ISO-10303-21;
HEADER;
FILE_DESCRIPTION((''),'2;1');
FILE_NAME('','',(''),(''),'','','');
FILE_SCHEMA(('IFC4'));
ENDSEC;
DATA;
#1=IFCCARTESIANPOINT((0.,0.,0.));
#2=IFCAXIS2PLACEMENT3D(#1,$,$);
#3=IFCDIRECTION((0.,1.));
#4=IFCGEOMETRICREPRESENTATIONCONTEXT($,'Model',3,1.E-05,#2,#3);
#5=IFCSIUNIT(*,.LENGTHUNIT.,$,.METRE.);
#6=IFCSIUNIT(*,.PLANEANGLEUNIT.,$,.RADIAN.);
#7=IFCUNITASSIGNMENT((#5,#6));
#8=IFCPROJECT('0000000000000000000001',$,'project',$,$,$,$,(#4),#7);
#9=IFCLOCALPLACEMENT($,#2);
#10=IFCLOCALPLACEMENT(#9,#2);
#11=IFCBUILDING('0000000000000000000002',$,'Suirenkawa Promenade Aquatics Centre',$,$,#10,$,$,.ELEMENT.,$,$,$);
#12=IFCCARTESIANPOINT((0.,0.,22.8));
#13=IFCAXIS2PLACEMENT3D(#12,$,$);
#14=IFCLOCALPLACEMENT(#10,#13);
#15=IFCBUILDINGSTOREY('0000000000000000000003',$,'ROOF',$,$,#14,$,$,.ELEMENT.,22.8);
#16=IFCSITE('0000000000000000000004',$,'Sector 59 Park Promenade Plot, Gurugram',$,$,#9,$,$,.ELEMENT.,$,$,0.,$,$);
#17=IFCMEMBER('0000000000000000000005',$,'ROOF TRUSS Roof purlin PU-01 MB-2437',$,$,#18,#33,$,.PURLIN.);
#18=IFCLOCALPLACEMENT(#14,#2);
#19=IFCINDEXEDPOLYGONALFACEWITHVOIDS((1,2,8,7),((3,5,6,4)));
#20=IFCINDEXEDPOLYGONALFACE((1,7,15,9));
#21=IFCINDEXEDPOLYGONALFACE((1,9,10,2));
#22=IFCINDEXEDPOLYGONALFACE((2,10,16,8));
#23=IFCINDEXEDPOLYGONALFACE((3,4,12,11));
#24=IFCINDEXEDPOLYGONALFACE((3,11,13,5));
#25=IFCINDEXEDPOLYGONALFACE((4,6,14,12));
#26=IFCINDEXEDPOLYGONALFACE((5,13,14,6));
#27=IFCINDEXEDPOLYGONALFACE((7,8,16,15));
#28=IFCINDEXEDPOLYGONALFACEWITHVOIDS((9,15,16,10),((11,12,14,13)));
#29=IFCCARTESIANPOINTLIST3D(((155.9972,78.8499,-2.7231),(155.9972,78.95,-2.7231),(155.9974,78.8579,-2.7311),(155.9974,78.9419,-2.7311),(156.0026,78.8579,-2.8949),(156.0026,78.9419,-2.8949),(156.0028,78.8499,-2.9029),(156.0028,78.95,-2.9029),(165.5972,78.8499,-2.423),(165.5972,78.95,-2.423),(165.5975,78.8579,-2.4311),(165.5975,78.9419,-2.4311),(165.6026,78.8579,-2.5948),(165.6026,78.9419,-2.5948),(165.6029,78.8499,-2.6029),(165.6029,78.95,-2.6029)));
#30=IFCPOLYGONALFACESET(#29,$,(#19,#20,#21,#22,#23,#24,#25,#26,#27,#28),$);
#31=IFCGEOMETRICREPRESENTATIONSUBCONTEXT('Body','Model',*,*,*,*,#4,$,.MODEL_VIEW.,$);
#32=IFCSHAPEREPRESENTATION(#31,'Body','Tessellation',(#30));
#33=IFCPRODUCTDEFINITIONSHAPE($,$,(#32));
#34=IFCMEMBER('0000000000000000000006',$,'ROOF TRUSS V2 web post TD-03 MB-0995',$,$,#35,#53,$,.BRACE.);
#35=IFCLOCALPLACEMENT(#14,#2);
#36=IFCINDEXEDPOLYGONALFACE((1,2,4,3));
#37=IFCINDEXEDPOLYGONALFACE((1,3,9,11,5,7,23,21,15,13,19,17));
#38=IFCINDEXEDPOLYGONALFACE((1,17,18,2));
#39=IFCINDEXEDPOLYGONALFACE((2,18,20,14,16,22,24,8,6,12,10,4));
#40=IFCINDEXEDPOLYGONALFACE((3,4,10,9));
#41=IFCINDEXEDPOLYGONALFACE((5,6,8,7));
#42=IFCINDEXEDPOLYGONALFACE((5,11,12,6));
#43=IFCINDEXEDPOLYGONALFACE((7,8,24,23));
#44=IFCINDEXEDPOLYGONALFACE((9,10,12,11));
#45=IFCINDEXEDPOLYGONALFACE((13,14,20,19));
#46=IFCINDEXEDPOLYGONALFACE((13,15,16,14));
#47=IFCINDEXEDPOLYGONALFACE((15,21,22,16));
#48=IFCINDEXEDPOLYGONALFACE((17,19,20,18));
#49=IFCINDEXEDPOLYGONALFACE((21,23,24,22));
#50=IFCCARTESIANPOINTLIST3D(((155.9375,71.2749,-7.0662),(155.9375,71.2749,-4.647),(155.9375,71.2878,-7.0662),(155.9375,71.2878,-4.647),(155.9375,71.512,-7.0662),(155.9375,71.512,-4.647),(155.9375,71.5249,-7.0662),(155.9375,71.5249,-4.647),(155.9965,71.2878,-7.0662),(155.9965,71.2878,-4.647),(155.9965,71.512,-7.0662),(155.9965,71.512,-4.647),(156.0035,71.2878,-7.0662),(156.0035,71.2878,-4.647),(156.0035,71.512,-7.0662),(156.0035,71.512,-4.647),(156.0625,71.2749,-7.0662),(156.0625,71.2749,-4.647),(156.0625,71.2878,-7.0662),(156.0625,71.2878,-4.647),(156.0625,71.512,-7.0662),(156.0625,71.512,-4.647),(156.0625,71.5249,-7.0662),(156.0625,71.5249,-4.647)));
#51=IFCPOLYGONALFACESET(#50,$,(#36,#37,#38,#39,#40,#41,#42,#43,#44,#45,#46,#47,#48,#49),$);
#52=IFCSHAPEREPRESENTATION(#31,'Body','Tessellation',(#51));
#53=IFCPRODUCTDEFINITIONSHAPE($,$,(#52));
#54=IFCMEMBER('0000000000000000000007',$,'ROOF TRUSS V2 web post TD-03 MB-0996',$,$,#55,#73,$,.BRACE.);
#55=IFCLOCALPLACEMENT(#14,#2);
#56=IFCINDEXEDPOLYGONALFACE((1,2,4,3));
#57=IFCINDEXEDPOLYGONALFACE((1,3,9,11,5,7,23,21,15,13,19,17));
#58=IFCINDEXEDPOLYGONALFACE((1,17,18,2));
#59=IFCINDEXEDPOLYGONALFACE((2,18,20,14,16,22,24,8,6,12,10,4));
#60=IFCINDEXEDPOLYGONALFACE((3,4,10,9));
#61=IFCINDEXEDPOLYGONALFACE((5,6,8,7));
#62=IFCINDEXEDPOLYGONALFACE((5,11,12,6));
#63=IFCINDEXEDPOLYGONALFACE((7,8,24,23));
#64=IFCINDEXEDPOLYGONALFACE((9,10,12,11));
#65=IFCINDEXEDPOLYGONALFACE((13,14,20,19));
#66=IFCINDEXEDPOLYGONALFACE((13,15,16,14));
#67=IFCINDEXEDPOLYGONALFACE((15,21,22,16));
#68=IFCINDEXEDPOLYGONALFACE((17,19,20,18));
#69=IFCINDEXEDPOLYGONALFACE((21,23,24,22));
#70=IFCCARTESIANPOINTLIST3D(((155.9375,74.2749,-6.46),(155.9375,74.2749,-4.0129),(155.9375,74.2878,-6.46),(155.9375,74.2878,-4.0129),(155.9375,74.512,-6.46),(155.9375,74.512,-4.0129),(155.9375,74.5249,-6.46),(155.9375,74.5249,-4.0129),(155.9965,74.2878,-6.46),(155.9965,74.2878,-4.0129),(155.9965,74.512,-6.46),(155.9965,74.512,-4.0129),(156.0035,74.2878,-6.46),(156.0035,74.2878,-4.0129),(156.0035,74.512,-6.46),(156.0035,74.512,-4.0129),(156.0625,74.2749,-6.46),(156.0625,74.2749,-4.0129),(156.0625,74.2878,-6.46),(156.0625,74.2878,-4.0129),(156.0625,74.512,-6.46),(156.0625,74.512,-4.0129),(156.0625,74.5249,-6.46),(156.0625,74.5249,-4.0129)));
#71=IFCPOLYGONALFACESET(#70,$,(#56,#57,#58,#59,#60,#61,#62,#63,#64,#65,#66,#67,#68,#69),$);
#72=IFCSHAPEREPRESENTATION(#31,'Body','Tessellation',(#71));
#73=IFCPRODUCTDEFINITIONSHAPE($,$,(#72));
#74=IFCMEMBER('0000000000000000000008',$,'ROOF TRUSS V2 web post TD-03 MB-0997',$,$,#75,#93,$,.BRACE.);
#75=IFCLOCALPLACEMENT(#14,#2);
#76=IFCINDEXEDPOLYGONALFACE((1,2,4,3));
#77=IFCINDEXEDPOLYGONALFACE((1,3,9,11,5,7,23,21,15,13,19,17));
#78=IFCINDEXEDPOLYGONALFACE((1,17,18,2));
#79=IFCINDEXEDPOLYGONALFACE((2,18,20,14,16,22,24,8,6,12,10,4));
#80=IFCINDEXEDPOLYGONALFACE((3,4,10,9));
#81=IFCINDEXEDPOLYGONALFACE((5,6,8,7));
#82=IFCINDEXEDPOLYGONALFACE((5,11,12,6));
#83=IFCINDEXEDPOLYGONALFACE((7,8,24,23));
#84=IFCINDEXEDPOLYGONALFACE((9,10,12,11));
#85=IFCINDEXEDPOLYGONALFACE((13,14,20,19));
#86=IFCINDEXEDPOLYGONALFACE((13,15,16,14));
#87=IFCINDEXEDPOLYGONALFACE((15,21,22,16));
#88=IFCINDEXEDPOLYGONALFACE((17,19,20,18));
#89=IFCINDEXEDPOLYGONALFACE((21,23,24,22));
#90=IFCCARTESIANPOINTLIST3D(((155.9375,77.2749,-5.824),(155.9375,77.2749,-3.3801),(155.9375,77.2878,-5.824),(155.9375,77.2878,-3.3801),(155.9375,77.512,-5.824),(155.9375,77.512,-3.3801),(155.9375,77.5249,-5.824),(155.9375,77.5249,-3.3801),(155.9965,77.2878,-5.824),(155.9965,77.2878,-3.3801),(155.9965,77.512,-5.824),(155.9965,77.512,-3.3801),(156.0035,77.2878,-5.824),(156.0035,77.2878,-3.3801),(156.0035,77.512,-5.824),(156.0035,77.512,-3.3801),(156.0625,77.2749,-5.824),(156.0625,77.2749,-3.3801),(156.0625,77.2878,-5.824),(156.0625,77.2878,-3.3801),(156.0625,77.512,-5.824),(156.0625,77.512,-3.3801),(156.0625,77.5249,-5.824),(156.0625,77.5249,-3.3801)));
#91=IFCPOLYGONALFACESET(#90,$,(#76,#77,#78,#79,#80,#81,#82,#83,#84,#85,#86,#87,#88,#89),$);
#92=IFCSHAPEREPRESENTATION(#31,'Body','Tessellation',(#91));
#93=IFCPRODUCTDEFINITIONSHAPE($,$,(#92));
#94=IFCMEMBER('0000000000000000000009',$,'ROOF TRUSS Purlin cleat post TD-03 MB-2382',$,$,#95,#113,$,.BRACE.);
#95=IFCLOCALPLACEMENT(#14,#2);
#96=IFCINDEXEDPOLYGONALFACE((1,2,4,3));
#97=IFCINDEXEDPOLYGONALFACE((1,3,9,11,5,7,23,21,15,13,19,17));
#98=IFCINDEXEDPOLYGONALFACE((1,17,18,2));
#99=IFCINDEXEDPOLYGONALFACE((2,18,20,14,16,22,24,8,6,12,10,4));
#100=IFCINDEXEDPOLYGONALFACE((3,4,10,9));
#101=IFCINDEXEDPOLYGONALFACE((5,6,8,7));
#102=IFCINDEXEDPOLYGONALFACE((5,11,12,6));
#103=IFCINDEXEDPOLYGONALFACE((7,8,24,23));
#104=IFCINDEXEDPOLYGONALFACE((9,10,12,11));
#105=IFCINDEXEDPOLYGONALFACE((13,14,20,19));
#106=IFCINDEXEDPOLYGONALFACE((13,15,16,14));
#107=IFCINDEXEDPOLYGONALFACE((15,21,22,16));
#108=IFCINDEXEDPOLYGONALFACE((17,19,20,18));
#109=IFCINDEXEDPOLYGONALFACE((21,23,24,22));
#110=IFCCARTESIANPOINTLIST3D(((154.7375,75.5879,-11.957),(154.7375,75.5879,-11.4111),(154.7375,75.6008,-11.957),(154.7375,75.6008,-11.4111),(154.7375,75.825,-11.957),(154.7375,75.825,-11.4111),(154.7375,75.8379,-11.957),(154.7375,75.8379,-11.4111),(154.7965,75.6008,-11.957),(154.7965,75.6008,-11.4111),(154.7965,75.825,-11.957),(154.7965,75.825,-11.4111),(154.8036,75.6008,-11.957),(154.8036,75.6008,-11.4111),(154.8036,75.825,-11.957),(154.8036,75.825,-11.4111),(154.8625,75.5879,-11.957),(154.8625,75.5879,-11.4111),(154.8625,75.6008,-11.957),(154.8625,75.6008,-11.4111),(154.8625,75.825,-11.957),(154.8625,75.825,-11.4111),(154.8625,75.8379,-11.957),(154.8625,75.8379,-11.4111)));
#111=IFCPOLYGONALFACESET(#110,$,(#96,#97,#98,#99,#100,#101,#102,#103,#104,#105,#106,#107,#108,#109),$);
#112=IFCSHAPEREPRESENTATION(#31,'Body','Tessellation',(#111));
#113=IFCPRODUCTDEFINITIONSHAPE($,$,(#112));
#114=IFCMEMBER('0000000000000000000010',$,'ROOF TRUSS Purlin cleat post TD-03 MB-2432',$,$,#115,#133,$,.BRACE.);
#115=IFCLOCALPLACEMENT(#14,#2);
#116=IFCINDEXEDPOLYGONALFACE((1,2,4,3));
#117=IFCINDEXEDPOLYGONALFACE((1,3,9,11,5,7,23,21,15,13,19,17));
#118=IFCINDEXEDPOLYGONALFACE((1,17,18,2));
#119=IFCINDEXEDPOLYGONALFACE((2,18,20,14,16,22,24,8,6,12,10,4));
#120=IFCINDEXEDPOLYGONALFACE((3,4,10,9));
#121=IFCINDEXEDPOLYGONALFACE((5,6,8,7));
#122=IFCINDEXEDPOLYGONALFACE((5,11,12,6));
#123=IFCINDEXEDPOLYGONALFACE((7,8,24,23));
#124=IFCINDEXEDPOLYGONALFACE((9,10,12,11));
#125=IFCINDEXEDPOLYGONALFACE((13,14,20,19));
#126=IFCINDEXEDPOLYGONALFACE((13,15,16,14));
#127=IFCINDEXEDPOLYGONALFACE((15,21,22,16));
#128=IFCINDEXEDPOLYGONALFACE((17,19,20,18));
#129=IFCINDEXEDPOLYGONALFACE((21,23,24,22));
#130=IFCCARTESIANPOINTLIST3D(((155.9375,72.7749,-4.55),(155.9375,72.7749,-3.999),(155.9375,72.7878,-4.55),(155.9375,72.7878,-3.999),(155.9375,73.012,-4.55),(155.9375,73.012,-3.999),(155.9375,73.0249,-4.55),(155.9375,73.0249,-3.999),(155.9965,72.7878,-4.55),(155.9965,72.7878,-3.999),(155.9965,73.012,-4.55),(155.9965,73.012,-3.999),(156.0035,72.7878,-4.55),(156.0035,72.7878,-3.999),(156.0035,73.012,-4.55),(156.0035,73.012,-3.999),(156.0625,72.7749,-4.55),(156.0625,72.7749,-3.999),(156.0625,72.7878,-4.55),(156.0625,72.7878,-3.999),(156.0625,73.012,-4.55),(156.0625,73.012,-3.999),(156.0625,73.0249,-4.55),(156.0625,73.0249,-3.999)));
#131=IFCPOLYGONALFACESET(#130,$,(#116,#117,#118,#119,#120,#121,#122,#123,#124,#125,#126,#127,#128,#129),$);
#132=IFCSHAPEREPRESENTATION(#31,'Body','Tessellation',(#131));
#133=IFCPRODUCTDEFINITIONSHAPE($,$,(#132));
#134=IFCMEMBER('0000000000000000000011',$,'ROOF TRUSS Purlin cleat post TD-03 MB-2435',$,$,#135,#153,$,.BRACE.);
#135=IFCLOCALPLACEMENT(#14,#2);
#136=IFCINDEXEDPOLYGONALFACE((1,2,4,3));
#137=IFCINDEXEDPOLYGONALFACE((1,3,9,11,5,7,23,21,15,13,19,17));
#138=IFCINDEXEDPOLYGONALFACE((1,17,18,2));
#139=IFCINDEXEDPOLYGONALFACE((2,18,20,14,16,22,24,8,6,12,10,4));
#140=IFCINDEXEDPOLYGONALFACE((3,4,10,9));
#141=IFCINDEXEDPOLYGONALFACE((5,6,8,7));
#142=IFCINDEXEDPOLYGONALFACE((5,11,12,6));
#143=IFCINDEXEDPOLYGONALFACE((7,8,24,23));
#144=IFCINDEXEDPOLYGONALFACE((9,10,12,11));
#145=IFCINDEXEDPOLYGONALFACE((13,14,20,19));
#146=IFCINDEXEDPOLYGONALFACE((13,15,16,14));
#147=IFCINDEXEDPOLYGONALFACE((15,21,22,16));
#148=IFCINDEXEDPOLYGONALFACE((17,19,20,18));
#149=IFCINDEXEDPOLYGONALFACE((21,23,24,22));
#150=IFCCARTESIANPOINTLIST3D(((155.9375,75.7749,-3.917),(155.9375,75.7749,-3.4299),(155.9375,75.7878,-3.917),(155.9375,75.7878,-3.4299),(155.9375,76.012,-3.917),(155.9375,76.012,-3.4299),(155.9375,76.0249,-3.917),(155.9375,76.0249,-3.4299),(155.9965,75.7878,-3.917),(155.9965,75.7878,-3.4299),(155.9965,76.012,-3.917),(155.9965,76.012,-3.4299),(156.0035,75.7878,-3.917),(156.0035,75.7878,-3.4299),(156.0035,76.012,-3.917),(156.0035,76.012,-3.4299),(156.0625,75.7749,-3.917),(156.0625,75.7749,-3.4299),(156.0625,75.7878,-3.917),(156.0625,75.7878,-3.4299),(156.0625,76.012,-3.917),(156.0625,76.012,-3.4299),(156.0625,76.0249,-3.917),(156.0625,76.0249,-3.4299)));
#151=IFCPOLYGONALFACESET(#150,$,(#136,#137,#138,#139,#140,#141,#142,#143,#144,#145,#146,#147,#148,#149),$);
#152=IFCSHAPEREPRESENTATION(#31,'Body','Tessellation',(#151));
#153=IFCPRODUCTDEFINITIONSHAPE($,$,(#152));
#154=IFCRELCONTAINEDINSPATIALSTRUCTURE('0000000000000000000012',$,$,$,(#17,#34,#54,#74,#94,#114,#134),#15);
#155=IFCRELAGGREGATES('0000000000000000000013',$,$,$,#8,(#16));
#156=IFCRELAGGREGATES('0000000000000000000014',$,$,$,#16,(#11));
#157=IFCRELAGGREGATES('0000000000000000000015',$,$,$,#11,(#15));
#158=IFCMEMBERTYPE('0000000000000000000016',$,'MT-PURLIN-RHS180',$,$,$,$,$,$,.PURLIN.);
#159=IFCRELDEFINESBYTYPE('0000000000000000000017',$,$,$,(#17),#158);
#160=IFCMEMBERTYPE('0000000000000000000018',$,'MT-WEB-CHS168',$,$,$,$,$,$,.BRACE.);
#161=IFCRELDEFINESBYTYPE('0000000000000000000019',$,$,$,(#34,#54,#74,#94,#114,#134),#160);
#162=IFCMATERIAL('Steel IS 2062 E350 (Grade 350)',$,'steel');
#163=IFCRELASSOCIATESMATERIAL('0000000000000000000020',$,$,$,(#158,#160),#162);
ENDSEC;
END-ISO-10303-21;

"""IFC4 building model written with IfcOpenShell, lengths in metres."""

from ifc_helpers import new_model, si_unit, direction, frame, origin, origin_2d, place, context, subcontext, project, spatial, hollow_rectangle, i_section, extrude, material, material_profile, profile_set, type_object, element, save


model = new_model("IFC4")

# Units and contexts
model_context = context("Model", 3, precision=1e-05, world=origin(), true_north=direction((0.0, 1.0)))
body_context = subcontext(model_context, "Body", "Model", "MODEL_VIEW")
ifc_project = project(units=[si_unit("LENGTHUNIT", "METRE"), si_unit("PLANEANGLEUNIT", "RADIAN")], contexts=[model_context])

# Site, building, storey
site_placement = place(None, origin())
site = spatial("IfcSite", under=ifc_project, at=site_placement, Name="Sector 59 Park Promenade Plot, Gurugram", CompositionType="ELEMENT", RefElevation=0.0)
building_placement = place(site_placement, origin())
building = spatial("IfcBuilding", under=site, at=building_placement, Name="Suirenkawa Promenade Aquatics Centre", CompositionType="ELEMENT")
storey_placement = place(building_placement, frame((0.0, 0.0, 22.8)))
storey = spatial("IfcBuildingStorey", under=building, at=storey_placement, Name="ROOF", CompositionType="ELEMENT", Elevation=22.8)

# Shared definitions
ifc_material = material(Name="Steel IS 2062 E350 (Grade 350)", Category="steel")

# Members
ifc_material_profile_1 = material_profile(ifc_material, hollow_rectangle(XDim=0.1001, YDim=0.1799, WallThickness=0.0081, at=origin_2d()), Name="RHS 180x100x8", Category="steel")
ifc_profile_set_1 = profile_set([ifc_material_profile_1], Name="Steel IS 2062 E350 (Grade 350)")
member_type_1 = type_object("IfcMemberType", Name="MT-PURLIN-RHS180", PredefinedType="PURLIN", material=ifc_profile_set_1)
for number, where, z_axis, x_axis, name in (
    (1, (156.0, 78.8999, -2.813), (0.999512, 0.0, 0.03124), (0.0, 1.0, 0.0), "ROOF TRUSS Roof purlin PU-01 MB-2437"),
):
    element("IfcMember", number, at=place(storey_placement, frame(where, z_axis=z_axis, x_axis=x_axis)), inside=storey, type_object=member_type_1, Name=name, PredefinedType="PURLIN", context=body_context, shape_type="SweptSolid", body=[
        extrude(hollow_rectangle(XDim=0.1001, YDim=0.1799, WallThickness=0.0081, at=origin_2d()), origin(), (0.0, 0.0, 1.0), 9.6047),
    ])
ifc_material_profile_2 = material_profile(ifc_material, i_section(OverallWidth=0.125, OverallDepth=0.25, WebThickness=0.0071, FlangeThickness=0.0129, at=origin_2d()), Name="ISMB 250", Category="steel")
ifc_profile_set_2 = profile_set([ifc_material_profile_2], Name="Steel IS 2062 E350 (Grade 350)")
member_type_2 = type_object("IfcMemberType", Name="MT-WEB-CHS168", PredefinedType="BRACE", material=ifc_profile_set_2)
member_1_placement = place(storey_placement, frame((156.0, 71.3999, -7.0662), z_axis=(0.0, 0.0, 1.0), x_axis=(1.0, 0.0, 0.0)))
element("IfcMember", 2, at=member_1_placement, inside=storey, type_object=member_type_2, Name="ROOF TRUSS V2 web post TD-03 MB-0995", PredefinedType="BRACE", context=body_context, shape_type="SweptSolid", body=[
    extrude(i_section(OverallWidth=0.125, OverallDepth=0.25, WebThickness=0.0071, FlangeThickness=0.0129, at=origin_2d()), origin(), (0.0, 0.0, 1.0), 2.4192),
])
member_2_placement = place(storey_placement, frame((156.0, 74.3999, -6.46), z_axis=(0.0, 0.0, 1.0), x_axis=(1.0, 0.0, 0.0)))
element("IfcMember", 3, at=member_2_placement, inside=storey, type_object=member_type_2, Name="ROOF TRUSS V2 web post TD-03 MB-0996", PredefinedType="BRACE", context=body_context, shape_type="SweptSolid", body=[
    extrude(i_section(OverallWidth=0.125, OverallDepth=0.25, WebThickness=0.0071, FlangeThickness=0.0129, at=origin_2d()), origin(), (0.0, 0.0, 1.0), 2.447),
])
member_3_placement = place(storey_placement, frame((156.0, 77.3999, -5.824), z_axis=(0.0, 0.0, 1.0), x_axis=(1.0, 0.0, 0.0)))
element("IfcMember", 4, at=member_3_placement, inside=storey, type_object=member_type_2, Name="ROOF TRUSS V2 web post TD-03 MB-0997", PredefinedType="BRACE", context=body_context, shape_type="SweptSolid", body=[
    extrude(i_section(OverallWidth=0.125, OverallDepth=0.25, WebThickness=0.0071, FlangeThickness=0.0129, at=origin_2d()), origin(), (0.0, 0.0, 1.0), 2.4438),
])
member_4_placement = place(storey_placement, frame((154.8, 75.7129, -11.957), z_axis=(0.0, 0.0, 1.0), x_axis=(1.0, 0.0, 0.0)))
element("IfcMember", 5, at=member_4_placement, inside=storey, type_object=member_type_2, Name="ROOF TRUSS Purlin cleat post TD-03 MB-2382", PredefinedType="BRACE", context=body_context, shape_type="SweptSolid", body=[
    extrude(i_section(OverallWidth=0.125, OverallDepth=0.25, WebThickness=0.0071, FlangeThickness=0.0129, at=origin_2d()), origin(), (0.0, 0.0, 1.0), 0.5459),
])
member_5_placement = place(storey_placement, frame((156.0, 72.8999, -4.55), z_axis=(0.0, 0.0, 1.0), x_axis=(1.0, 0.0, 0.0)))
element("IfcMember", 6, at=member_5_placement, inside=storey, type_object=member_type_2, Name="ROOF TRUSS Purlin cleat post TD-03 MB-2432", PredefinedType="BRACE", context=body_context, shape_type="SweptSolid", body=[
    extrude(i_section(OverallWidth=0.125, OverallDepth=0.25, WebThickness=0.0071, FlangeThickness=0.0129, at=origin_2d()), origin(), (0.0, 0.0, 1.0), 0.551),
])
member_6_placement = place(storey_placement, frame((156.0, 75.8999, -3.917), z_axis=(0.0, 0.0, 1.0), x_axis=(1.0, 0.0, 0.0)))
element("IfcMember", 7, at=member_6_placement, inside=storey, type_object=member_type_2, Name="ROOF TRUSS Purlin cleat post TD-03 MB-2435", PredefinedType="BRACE", context=body_context, shape_type="SweptSolid", body=[
    extrude(i_section(OverallWidth=0.125, OverallDepth=0.25, WebThickness=0.0071, FlangeThickness=0.0129, at=origin_2d()), origin(), (0.0, 0.0, 1.0), 0.4871),
])

save(model, "model.ifc")
